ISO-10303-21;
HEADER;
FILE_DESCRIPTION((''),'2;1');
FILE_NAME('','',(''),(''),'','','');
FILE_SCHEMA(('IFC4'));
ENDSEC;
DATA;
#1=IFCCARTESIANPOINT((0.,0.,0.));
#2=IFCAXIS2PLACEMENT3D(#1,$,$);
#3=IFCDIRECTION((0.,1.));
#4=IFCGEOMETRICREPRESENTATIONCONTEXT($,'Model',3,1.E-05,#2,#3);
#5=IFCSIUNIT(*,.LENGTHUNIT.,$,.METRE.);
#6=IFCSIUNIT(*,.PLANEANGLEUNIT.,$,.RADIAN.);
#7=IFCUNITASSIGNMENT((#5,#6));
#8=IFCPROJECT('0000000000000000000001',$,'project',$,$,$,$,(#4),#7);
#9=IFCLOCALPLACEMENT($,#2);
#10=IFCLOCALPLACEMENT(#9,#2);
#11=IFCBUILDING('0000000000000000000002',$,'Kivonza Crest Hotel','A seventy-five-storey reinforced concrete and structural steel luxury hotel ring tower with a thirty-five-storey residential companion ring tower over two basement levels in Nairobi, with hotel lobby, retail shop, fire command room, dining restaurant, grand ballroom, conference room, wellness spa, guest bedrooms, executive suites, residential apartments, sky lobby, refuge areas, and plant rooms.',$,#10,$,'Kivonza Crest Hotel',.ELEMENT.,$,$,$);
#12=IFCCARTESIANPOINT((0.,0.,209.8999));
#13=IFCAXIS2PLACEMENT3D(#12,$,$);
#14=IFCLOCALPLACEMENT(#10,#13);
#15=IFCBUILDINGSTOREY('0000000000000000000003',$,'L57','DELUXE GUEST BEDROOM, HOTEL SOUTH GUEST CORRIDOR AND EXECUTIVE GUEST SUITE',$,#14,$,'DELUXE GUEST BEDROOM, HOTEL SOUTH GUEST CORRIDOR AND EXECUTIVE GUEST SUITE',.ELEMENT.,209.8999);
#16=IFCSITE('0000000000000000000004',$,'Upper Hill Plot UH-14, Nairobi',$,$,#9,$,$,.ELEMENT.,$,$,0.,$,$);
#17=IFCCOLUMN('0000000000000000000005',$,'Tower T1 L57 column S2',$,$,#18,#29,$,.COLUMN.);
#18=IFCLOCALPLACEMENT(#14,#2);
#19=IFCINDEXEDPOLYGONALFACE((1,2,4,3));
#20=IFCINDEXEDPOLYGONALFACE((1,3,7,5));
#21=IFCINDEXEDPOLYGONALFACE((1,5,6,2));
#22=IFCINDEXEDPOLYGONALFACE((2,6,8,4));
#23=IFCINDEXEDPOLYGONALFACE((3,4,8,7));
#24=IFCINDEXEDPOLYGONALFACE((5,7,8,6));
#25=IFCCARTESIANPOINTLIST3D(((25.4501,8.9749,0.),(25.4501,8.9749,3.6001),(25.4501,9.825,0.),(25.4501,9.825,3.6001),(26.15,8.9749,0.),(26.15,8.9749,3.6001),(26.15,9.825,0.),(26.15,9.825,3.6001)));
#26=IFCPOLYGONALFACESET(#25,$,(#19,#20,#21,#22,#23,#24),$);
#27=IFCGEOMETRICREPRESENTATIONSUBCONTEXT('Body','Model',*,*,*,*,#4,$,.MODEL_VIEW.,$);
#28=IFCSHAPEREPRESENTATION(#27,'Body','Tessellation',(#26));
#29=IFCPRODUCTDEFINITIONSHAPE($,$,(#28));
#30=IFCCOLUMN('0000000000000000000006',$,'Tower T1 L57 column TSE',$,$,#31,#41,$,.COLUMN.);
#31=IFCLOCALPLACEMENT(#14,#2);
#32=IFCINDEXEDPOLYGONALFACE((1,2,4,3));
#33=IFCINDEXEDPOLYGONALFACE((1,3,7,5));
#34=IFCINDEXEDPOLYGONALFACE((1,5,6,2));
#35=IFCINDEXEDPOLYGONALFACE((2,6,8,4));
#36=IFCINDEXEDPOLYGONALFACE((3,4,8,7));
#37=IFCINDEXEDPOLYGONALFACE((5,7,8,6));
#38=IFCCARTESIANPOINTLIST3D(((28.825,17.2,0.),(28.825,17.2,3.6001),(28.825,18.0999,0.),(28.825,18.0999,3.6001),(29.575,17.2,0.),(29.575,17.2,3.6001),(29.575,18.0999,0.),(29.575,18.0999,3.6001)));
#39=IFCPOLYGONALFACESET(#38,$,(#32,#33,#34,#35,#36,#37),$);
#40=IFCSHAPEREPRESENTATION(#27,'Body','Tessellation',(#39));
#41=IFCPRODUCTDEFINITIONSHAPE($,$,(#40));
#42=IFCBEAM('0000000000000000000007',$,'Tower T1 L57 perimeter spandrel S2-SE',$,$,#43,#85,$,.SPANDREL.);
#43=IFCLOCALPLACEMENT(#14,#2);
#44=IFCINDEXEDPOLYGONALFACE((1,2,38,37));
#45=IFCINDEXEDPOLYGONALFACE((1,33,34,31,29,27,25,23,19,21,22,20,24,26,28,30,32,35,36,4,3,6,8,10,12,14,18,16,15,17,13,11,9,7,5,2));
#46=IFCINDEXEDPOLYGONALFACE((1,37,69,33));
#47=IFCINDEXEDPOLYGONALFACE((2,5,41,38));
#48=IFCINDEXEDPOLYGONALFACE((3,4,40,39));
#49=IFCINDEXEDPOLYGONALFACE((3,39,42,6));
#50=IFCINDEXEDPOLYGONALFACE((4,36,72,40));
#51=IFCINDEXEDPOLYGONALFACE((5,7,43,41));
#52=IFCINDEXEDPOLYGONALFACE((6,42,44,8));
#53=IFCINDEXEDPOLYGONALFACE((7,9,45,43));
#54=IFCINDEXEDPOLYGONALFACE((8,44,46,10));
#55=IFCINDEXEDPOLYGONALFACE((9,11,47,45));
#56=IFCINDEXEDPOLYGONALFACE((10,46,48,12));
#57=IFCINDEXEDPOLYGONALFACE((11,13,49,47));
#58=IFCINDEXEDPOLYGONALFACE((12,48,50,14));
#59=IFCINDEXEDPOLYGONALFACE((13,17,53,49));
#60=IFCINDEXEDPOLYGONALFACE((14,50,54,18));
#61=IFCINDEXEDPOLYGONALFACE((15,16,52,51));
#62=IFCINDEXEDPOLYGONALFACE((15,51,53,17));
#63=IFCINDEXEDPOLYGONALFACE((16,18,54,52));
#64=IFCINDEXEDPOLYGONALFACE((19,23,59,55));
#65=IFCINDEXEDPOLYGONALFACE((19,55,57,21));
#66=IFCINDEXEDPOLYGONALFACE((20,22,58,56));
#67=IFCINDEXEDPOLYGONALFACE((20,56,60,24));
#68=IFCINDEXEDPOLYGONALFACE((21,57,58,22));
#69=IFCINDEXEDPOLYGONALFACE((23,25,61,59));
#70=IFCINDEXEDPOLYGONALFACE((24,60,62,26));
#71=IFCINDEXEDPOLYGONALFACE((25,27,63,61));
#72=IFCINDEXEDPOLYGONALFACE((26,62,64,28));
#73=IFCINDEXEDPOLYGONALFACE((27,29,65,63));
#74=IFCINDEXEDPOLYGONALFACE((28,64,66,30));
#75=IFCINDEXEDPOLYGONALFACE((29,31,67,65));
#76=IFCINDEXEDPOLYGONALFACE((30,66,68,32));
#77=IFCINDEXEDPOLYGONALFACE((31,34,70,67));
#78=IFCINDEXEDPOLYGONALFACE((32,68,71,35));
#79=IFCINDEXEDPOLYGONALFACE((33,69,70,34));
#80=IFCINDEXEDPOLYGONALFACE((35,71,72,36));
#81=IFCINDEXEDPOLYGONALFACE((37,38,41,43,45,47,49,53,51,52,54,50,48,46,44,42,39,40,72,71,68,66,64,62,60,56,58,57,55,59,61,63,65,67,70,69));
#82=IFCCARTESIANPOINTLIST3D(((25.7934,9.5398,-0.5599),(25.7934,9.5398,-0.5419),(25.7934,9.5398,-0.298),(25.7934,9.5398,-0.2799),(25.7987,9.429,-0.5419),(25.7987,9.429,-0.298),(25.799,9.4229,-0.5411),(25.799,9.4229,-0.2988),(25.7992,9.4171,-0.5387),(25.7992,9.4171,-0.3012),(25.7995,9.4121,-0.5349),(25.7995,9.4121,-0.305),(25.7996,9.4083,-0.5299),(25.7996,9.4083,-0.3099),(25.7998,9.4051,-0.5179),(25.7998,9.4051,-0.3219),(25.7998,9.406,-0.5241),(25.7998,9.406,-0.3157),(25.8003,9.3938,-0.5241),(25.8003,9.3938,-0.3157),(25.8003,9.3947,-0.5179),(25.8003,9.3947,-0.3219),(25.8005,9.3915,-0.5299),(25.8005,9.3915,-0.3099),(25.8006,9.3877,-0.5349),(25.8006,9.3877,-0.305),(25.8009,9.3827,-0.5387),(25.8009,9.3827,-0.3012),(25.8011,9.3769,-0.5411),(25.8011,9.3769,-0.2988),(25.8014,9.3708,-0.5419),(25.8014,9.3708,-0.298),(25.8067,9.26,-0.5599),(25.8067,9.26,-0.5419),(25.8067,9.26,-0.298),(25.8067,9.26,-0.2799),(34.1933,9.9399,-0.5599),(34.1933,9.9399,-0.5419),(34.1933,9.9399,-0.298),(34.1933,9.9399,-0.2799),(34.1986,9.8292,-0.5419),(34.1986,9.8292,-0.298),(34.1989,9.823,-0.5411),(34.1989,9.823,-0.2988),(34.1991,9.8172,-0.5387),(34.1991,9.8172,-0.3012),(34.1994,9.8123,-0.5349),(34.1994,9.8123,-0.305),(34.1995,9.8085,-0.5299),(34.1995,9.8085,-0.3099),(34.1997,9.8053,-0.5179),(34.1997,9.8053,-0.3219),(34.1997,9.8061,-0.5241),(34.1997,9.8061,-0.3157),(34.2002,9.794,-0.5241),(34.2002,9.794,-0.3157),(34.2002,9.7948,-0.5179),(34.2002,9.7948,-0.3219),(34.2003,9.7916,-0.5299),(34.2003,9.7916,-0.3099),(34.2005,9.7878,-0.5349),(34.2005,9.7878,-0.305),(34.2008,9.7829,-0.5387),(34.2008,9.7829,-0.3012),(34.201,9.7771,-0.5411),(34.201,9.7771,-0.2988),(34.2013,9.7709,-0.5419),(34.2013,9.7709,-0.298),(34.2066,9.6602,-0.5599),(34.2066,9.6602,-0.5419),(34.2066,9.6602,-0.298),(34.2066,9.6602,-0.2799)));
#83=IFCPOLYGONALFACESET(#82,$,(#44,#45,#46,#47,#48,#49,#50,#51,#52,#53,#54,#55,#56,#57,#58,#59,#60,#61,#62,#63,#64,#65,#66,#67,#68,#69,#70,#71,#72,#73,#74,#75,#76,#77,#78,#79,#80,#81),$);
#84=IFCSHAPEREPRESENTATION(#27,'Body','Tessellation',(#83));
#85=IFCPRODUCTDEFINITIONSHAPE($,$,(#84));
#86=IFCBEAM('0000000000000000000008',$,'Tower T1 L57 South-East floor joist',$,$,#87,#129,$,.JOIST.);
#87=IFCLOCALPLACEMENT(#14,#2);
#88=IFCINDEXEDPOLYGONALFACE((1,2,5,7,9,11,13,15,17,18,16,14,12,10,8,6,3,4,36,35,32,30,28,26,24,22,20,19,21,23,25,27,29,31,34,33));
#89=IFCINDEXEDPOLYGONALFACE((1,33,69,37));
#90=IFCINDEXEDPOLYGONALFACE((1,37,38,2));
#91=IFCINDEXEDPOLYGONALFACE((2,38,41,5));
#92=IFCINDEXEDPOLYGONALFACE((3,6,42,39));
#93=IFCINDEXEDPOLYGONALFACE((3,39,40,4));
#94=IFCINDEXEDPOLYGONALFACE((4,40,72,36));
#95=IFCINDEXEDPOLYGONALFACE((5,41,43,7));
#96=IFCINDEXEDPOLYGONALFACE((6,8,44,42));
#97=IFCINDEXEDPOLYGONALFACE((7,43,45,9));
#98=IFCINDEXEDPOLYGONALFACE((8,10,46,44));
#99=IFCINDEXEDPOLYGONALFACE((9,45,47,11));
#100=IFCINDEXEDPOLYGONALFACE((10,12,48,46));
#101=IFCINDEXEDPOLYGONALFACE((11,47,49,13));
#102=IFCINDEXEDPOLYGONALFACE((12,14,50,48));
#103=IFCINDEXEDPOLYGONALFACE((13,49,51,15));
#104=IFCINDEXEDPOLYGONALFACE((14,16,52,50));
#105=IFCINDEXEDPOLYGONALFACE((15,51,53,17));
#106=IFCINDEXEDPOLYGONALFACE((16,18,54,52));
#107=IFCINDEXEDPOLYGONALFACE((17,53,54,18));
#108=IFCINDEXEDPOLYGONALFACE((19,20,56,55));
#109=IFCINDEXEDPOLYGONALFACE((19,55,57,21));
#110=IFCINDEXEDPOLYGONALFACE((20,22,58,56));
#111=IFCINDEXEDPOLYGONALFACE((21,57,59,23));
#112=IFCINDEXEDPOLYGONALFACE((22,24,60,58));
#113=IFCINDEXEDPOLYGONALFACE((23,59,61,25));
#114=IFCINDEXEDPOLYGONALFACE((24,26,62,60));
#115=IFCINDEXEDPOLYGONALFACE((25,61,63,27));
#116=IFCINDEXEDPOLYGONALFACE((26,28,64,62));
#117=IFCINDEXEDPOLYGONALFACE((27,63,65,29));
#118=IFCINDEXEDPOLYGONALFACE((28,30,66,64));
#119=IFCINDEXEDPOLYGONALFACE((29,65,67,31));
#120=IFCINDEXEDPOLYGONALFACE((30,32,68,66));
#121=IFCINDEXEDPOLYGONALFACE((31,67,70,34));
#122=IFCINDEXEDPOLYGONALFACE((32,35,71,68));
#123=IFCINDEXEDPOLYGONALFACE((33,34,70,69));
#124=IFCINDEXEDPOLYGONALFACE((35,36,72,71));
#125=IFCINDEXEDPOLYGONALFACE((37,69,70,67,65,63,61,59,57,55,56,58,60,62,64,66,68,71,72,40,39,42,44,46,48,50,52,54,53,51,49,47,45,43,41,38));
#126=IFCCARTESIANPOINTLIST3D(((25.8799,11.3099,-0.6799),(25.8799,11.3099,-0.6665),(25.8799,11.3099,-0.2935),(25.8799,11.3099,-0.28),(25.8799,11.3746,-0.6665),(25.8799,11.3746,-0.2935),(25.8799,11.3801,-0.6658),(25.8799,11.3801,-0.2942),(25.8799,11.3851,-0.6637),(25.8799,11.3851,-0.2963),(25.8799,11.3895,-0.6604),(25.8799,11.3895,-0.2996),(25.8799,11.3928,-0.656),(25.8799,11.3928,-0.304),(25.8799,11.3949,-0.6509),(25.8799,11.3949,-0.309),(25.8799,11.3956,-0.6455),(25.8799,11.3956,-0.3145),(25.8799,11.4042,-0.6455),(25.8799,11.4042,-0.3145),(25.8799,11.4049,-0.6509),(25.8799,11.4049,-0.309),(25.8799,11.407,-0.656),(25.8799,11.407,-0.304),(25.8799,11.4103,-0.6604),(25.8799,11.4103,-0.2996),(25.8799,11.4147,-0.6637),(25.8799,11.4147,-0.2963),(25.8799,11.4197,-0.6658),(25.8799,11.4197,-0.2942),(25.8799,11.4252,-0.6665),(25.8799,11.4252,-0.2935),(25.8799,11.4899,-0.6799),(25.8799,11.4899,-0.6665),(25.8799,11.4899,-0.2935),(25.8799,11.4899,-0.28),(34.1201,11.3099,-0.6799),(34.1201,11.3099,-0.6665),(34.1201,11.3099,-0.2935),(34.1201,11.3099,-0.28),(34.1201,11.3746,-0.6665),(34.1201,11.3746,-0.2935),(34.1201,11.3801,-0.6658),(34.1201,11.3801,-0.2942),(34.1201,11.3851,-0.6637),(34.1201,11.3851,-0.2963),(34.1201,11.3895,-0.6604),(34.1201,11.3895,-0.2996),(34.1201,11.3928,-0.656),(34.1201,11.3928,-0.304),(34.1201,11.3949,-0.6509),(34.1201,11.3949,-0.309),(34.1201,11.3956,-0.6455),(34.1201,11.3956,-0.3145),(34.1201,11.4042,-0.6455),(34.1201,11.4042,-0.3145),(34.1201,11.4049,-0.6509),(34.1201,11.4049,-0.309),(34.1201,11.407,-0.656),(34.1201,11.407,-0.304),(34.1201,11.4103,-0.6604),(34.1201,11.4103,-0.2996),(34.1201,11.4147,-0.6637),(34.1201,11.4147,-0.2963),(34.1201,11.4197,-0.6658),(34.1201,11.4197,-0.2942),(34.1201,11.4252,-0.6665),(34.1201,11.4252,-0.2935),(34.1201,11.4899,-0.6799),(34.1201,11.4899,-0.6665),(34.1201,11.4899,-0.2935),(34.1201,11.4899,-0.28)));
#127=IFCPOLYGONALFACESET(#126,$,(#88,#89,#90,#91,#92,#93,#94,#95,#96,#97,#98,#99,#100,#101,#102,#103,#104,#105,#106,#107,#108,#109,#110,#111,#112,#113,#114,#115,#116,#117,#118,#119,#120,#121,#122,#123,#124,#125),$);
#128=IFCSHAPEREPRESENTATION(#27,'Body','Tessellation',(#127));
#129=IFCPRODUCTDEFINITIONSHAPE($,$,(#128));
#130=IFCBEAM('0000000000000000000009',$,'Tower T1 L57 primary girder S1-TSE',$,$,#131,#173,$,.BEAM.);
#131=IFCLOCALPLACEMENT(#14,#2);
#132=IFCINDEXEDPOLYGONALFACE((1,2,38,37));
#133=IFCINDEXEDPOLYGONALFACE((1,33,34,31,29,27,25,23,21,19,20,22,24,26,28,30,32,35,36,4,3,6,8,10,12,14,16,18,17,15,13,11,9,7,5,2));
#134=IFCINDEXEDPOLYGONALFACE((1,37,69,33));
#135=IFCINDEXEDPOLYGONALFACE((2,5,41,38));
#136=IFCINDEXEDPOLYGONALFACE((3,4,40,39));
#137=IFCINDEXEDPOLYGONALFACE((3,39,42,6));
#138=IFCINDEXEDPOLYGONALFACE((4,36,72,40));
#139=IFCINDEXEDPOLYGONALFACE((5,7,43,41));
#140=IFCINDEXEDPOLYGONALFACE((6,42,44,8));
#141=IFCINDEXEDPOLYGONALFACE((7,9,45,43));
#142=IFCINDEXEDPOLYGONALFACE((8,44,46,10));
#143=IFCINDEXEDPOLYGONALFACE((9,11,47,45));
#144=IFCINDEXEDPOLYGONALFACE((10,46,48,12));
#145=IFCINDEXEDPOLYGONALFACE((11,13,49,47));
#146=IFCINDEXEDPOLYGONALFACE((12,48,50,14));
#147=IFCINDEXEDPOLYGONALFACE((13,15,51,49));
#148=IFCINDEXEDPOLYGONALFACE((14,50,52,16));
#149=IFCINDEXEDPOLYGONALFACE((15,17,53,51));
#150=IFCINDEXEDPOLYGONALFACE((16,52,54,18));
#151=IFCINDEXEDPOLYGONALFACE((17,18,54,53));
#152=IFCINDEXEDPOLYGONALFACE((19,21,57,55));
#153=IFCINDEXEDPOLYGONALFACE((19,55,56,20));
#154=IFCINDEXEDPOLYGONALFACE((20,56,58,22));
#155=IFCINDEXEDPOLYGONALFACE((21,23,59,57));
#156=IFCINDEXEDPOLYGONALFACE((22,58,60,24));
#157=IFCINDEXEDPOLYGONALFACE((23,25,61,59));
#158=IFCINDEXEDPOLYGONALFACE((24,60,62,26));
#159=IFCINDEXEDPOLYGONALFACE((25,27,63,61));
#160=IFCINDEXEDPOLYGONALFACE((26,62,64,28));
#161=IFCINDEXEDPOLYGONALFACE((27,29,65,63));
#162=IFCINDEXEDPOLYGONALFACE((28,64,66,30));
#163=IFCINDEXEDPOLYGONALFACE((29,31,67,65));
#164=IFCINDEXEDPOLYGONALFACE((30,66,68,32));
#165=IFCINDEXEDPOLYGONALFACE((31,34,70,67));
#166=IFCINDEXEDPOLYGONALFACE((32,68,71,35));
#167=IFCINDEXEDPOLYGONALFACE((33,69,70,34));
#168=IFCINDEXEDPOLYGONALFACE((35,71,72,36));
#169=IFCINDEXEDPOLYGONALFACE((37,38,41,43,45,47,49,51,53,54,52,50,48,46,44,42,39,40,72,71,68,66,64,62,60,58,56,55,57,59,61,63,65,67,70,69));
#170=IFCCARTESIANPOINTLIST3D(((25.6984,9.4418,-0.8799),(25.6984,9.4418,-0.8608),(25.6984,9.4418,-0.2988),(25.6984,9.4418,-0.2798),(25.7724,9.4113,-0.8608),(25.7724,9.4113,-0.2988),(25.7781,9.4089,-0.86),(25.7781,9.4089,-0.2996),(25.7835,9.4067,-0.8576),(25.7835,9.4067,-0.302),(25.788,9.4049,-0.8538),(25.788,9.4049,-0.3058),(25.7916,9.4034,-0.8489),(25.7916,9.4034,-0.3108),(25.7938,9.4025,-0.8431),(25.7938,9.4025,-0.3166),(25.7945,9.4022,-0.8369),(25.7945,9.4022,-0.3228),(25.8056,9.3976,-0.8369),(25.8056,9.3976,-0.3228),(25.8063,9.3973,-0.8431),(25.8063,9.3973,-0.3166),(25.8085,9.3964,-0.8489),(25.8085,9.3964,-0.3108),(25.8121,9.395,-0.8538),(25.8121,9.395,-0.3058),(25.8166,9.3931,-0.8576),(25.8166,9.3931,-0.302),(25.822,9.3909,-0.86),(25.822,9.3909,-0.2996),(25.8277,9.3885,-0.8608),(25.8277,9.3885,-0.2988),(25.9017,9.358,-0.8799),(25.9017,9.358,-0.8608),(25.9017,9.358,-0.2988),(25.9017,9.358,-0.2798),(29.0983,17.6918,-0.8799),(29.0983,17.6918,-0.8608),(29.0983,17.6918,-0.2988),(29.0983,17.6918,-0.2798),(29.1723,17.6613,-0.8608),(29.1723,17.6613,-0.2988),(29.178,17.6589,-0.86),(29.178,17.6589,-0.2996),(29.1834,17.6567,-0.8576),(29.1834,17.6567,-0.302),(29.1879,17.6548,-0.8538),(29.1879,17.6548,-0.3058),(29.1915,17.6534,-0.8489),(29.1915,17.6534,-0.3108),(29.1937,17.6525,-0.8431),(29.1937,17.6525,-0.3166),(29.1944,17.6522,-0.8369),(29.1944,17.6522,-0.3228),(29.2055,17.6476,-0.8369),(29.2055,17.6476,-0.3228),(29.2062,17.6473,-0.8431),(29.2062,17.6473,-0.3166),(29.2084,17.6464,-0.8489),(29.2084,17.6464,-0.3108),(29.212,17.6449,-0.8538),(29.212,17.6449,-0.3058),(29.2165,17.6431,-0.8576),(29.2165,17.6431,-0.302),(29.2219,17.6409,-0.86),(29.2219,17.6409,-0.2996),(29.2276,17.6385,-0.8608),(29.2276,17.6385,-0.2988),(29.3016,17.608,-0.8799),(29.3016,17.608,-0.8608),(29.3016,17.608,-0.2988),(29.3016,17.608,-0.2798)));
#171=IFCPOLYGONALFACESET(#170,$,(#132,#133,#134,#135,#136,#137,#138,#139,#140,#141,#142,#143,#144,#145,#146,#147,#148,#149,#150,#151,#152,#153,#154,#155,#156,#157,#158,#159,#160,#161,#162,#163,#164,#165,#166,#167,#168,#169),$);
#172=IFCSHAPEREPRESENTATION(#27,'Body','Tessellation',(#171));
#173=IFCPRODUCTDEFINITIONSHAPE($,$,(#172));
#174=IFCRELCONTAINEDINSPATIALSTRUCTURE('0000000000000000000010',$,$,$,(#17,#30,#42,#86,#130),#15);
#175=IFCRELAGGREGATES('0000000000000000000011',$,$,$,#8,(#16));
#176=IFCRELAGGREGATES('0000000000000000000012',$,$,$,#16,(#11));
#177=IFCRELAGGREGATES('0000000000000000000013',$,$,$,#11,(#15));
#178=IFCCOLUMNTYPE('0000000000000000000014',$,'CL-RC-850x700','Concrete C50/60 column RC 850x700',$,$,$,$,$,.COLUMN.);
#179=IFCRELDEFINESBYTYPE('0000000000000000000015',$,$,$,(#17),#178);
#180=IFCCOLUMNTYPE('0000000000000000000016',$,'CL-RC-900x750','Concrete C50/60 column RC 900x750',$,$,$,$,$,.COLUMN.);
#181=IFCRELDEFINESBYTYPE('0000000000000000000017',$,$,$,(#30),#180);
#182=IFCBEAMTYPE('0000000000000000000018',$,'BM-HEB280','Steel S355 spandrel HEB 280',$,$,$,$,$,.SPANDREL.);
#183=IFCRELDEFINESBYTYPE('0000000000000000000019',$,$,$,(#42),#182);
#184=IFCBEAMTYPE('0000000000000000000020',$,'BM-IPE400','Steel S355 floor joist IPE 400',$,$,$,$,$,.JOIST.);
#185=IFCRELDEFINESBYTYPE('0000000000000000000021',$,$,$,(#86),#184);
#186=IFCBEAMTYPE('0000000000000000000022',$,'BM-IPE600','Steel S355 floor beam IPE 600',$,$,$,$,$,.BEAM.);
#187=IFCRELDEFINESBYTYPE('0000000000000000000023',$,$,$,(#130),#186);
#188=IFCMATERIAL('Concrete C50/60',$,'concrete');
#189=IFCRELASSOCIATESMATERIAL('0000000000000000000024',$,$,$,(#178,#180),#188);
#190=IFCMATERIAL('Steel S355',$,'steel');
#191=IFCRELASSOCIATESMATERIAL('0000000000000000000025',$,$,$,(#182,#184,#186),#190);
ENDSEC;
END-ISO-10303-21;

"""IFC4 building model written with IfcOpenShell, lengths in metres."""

from ifc_helpers import new_model, si_unit, direction, frame, origin, origin_2d, place, context, subcontext, project, spatial, rectangle, i_section, extrude, material, material_profile, profile_set, type_object, element, save


model = new_model("IFC4")

# Units and contexts
model_context = context("Model", 3, precision=1e-05, world=origin(), true_north=direction((0.0, 1.0)))
body_context = subcontext(model_context, "Body", "Model", "MODEL_VIEW")
ifc_project = project(units=[si_unit("LENGTHUNIT", "METRE"), si_unit("PLANEANGLEUNIT", "RADIAN")], contexts=[model_context])

# Site, building, storey
site_placement = place(None, origin())
site = spatial("IfcSite", under=ifc_project, at=site_placement, Name="Upper Hill Plot UH-14, Nairobi", CompositionType="ELEMENT", RefElevation=0.0)
building_placement = place(site_placement, origin())
building = spatial("IfcBuilding", under=site, at=building_placement, Name="Kivonza Crest Hotel", Description="A seventy-five-storey reinforced concrete and structural steel luxury hotel ring tower with a thirty-five-storey residential companion ring tower over two basement levels in Nairobi, with hotel lobby, retail shop, fire command room, dining restaurant, grand ballroom, conference room, wellness spa, guest bedrooms, executive suites, residential apartments, sky lobby, refuge areas, and plant rooms.", LongName="Kivonza Crest Hotel", CompositionType="ELEMENT")
storey_placement = place(building_placement, frame((0.0, 0.0, 209.8999)))
storey = spatial("IfcBuildingStorey", under=building, at=storey_placement, Name="L57", Description="DELUXE GUEST BEDROOM, HOTEL SOUTH GUEST CORRIDOR AND EXECUTIVE GUEST SUITE", LongName="DELUXE GUEST BEDROOM, HOTEL SOUTH GUEST CORRIDOR AND EXECUTIVE GUEST SUITE", CompositionType="ELEMENT", Elevation=209.8999)

# Columns
ifc_material_1 = material(Name="Concrete C50/60", Category="concrete")
ifc_material_profile_1 = material_profile(ifc_material_1, rectangle(XDim=0.7, YDim=0.8501, at=origin_2d()), Name="RC 850x700")
ifc_profile_set_1 = profile_set([ifc_material_profile_1], Name="Concrete C50/60")
column_type_1 = type_object("IfcColumnType", Name="CL-RC-850x700", Description="Concrete C50/60 column RC 850x700", PredefinedType="COLUMN", material=ifc_profile_set_1)
column_1_placement = place(storey_placement, frame((25.8, 9.3999, 0.0), z_axis=(0.0, 0.0, 1.0), x_axis=(1.0, 0.0, 0.0)))
element("IfcColumn", 1, at=column_1_placement, inside=storey, type_object=column_type_1, Name="Tower T1 L57 column S2", PredefinedType="COLUMN", context=body_context, shape_type="SweptSolid", body=[
    extrude(rectangle(XDim=0.7, YDim=0.8501, at=origin_2d()), origin(), (0.0, 0.0, 1.0), 3.6001),
])
ifc_material_profile_2 = material_profile(ifc_material_1, rectangle(XDim=0.75, YDim=0.8999, at=origin_2d()), Name="RC 900x750")
ifc_profile_set_2 = profile_set([ifc_material_profile_2], Name="Concrete C50/60")
column_type_2 = type_object("IfcColumnType", Name="CL-RC-900x750", Description="Concrete C50/60 column RC 900x750", PredefinedType="COLUMN", material=ifc_profile_set_2)
column_2_placement = place(storey_placement, frame((29.2, 17.6499, 0.0), z_axis=(0.0, 0.0, 1.0), x_axis=(1.0, 0.0, 0.0)))
element("IfcColumn", 2, at=column_2_placement, inside=storey, type_object=column_type_2, Name="Tower T1 L57 column TSE", PredefinedType="COLUMN", context=body_context, shape_type="SweptSolid", body=[
    extrude(rectangle(XDim=0.75, YDim=0.8999, at=origin_2d()), origin(), (0.0, 0.0, 1.0), 3.6001),
])

# Beams
ifc_material_2 = material(Name="Steel S355", Category="steel")
ifc_material_profile_3 = material_profile(ifc_material_2, i_section(OverallWidth=0.28, OverallDepth=0.28, WebThickness=0.0105, FlangeThickness=0.0181, FilletRadius=0.0239, at=origin_2d()), Name="HEB 280")
ifc_profile_set_3 = profile_set([ifc_material_profile_3], Name="Steel S355")
beam_type_1 = type_object("IfcBeamType", Name="BM-HEB280", Description="Steel S355 spandrel HEB 280", PredefinedType="SPANDREL", material=ifc_profile_set_3)
beam_1_placement = place(storey_placement, frame((25.8, 9.3999, -0.4199), z_axis=(0.998867, 0.047583, 0.0), x_axis=(-0.047583, 0.998867, 0.0)))
element("IfcBeam", 3, at=beam_1_placement, inside=storey, type_object=beam_type_1, Name="Tower T1 L57 perimeter spandrel S2-SE", PredefinedType="SPANDREL", context=body_context, shape_type="SweptSolid", body=[
    extrude(i_section(OverallWidth=0.28, OverallDepth=0.28, WebThickness=0.0105, FlangeThickness=0.0181, FilletRadius=0.0239, at=origin_2d()), origin(), (0.0, 0.0, 1.0), 8.4094),
])
ifc_material_profile_4 = material_profile(ifc_material_2, i_section(OverallWidth=0.1799, OverallDepth=0.3999, WebThickness=0.0085, FlangeThickness=0.0134, FilletRadius=0.021, at=origin_2d()), Name="IPE 400")
ifc_profile_set_4 = profile_set([ifc_material_profile_4], Name="Steel S355")
beam_type_2 = type_object("IfcBeamType", Name="BM-IPE400", Description="Steel S355 floor joist IPE 400", PredefinedType="JOIST", material=ifc_profile_set_4)
beam_2_placement = place(storey_placement, frame((25.8799, 11.3999, -0.48), z_axis=(1.0, 0.0, 0.0), x_axis=(0.0, 1.0, 0.0)))
element("IfcBeam", 4, at=beam_2_placement, inside=storey, type_object=beam_type_2, Name="Tower T1 L57 South-East floor joist", PredefinedType="JOIST", context=body_context, shape_type="SweptSolid", body=[
    extrude(i_section(OverallWidth=0.1799, OverallDepth=0.3999, WebThickness=0.0085, FlangeThickness=0.0134, FilletRadius=0.021, at=origin_2d()), origin(), (0.0, 0.0, 1.0), 8.2402),
])
ifc_material_profile_5 = material_profile(ifc_material_2, i_section(OverallWidth=0.22, OverallDepth=0.6001, WebThickness=0.012, FlangeThickness=0.019, FilletRadius=0.0239, at=origin_2d()), Name="IPE 600")
ifc_profile_set_5 = profile_set([ifc_material_profile_5], Name="Steel S355")
beam_type_3 = type_object("IfcBeamType", Name="BM-IPE600", Description="Steel S355 floor beam IPE 600", PredefinedType="BEAM", material=ifc_profile_set_5)
beam_3_placement = place(storey_placement, frame((25.8, 9.3999, -0.5798), z_axis=(0.381022, 0.924566, 0.0), x_axis=(-0.924566, 0.381022, 0.0)))
element("IfcBeam", 5, at=beam_3_placement, inside=storey, type_object=beam_type_3, Name="Tower T1 L57 primary girder S1-TSE", PredefinedType="BEAM", context=body_context, shape_type="SweptSolid", body=[
    extrude(i_section(OverallWidth=0.22, OverallDepth=0.6001, WebThickness=0.012, FlangeThickness=0.019, FilletRadius=0.0239, at=origin_2d()), origin(), (0.0, 0.0, 1.0), 8.9231),
])

save(model, "model.ifc")
